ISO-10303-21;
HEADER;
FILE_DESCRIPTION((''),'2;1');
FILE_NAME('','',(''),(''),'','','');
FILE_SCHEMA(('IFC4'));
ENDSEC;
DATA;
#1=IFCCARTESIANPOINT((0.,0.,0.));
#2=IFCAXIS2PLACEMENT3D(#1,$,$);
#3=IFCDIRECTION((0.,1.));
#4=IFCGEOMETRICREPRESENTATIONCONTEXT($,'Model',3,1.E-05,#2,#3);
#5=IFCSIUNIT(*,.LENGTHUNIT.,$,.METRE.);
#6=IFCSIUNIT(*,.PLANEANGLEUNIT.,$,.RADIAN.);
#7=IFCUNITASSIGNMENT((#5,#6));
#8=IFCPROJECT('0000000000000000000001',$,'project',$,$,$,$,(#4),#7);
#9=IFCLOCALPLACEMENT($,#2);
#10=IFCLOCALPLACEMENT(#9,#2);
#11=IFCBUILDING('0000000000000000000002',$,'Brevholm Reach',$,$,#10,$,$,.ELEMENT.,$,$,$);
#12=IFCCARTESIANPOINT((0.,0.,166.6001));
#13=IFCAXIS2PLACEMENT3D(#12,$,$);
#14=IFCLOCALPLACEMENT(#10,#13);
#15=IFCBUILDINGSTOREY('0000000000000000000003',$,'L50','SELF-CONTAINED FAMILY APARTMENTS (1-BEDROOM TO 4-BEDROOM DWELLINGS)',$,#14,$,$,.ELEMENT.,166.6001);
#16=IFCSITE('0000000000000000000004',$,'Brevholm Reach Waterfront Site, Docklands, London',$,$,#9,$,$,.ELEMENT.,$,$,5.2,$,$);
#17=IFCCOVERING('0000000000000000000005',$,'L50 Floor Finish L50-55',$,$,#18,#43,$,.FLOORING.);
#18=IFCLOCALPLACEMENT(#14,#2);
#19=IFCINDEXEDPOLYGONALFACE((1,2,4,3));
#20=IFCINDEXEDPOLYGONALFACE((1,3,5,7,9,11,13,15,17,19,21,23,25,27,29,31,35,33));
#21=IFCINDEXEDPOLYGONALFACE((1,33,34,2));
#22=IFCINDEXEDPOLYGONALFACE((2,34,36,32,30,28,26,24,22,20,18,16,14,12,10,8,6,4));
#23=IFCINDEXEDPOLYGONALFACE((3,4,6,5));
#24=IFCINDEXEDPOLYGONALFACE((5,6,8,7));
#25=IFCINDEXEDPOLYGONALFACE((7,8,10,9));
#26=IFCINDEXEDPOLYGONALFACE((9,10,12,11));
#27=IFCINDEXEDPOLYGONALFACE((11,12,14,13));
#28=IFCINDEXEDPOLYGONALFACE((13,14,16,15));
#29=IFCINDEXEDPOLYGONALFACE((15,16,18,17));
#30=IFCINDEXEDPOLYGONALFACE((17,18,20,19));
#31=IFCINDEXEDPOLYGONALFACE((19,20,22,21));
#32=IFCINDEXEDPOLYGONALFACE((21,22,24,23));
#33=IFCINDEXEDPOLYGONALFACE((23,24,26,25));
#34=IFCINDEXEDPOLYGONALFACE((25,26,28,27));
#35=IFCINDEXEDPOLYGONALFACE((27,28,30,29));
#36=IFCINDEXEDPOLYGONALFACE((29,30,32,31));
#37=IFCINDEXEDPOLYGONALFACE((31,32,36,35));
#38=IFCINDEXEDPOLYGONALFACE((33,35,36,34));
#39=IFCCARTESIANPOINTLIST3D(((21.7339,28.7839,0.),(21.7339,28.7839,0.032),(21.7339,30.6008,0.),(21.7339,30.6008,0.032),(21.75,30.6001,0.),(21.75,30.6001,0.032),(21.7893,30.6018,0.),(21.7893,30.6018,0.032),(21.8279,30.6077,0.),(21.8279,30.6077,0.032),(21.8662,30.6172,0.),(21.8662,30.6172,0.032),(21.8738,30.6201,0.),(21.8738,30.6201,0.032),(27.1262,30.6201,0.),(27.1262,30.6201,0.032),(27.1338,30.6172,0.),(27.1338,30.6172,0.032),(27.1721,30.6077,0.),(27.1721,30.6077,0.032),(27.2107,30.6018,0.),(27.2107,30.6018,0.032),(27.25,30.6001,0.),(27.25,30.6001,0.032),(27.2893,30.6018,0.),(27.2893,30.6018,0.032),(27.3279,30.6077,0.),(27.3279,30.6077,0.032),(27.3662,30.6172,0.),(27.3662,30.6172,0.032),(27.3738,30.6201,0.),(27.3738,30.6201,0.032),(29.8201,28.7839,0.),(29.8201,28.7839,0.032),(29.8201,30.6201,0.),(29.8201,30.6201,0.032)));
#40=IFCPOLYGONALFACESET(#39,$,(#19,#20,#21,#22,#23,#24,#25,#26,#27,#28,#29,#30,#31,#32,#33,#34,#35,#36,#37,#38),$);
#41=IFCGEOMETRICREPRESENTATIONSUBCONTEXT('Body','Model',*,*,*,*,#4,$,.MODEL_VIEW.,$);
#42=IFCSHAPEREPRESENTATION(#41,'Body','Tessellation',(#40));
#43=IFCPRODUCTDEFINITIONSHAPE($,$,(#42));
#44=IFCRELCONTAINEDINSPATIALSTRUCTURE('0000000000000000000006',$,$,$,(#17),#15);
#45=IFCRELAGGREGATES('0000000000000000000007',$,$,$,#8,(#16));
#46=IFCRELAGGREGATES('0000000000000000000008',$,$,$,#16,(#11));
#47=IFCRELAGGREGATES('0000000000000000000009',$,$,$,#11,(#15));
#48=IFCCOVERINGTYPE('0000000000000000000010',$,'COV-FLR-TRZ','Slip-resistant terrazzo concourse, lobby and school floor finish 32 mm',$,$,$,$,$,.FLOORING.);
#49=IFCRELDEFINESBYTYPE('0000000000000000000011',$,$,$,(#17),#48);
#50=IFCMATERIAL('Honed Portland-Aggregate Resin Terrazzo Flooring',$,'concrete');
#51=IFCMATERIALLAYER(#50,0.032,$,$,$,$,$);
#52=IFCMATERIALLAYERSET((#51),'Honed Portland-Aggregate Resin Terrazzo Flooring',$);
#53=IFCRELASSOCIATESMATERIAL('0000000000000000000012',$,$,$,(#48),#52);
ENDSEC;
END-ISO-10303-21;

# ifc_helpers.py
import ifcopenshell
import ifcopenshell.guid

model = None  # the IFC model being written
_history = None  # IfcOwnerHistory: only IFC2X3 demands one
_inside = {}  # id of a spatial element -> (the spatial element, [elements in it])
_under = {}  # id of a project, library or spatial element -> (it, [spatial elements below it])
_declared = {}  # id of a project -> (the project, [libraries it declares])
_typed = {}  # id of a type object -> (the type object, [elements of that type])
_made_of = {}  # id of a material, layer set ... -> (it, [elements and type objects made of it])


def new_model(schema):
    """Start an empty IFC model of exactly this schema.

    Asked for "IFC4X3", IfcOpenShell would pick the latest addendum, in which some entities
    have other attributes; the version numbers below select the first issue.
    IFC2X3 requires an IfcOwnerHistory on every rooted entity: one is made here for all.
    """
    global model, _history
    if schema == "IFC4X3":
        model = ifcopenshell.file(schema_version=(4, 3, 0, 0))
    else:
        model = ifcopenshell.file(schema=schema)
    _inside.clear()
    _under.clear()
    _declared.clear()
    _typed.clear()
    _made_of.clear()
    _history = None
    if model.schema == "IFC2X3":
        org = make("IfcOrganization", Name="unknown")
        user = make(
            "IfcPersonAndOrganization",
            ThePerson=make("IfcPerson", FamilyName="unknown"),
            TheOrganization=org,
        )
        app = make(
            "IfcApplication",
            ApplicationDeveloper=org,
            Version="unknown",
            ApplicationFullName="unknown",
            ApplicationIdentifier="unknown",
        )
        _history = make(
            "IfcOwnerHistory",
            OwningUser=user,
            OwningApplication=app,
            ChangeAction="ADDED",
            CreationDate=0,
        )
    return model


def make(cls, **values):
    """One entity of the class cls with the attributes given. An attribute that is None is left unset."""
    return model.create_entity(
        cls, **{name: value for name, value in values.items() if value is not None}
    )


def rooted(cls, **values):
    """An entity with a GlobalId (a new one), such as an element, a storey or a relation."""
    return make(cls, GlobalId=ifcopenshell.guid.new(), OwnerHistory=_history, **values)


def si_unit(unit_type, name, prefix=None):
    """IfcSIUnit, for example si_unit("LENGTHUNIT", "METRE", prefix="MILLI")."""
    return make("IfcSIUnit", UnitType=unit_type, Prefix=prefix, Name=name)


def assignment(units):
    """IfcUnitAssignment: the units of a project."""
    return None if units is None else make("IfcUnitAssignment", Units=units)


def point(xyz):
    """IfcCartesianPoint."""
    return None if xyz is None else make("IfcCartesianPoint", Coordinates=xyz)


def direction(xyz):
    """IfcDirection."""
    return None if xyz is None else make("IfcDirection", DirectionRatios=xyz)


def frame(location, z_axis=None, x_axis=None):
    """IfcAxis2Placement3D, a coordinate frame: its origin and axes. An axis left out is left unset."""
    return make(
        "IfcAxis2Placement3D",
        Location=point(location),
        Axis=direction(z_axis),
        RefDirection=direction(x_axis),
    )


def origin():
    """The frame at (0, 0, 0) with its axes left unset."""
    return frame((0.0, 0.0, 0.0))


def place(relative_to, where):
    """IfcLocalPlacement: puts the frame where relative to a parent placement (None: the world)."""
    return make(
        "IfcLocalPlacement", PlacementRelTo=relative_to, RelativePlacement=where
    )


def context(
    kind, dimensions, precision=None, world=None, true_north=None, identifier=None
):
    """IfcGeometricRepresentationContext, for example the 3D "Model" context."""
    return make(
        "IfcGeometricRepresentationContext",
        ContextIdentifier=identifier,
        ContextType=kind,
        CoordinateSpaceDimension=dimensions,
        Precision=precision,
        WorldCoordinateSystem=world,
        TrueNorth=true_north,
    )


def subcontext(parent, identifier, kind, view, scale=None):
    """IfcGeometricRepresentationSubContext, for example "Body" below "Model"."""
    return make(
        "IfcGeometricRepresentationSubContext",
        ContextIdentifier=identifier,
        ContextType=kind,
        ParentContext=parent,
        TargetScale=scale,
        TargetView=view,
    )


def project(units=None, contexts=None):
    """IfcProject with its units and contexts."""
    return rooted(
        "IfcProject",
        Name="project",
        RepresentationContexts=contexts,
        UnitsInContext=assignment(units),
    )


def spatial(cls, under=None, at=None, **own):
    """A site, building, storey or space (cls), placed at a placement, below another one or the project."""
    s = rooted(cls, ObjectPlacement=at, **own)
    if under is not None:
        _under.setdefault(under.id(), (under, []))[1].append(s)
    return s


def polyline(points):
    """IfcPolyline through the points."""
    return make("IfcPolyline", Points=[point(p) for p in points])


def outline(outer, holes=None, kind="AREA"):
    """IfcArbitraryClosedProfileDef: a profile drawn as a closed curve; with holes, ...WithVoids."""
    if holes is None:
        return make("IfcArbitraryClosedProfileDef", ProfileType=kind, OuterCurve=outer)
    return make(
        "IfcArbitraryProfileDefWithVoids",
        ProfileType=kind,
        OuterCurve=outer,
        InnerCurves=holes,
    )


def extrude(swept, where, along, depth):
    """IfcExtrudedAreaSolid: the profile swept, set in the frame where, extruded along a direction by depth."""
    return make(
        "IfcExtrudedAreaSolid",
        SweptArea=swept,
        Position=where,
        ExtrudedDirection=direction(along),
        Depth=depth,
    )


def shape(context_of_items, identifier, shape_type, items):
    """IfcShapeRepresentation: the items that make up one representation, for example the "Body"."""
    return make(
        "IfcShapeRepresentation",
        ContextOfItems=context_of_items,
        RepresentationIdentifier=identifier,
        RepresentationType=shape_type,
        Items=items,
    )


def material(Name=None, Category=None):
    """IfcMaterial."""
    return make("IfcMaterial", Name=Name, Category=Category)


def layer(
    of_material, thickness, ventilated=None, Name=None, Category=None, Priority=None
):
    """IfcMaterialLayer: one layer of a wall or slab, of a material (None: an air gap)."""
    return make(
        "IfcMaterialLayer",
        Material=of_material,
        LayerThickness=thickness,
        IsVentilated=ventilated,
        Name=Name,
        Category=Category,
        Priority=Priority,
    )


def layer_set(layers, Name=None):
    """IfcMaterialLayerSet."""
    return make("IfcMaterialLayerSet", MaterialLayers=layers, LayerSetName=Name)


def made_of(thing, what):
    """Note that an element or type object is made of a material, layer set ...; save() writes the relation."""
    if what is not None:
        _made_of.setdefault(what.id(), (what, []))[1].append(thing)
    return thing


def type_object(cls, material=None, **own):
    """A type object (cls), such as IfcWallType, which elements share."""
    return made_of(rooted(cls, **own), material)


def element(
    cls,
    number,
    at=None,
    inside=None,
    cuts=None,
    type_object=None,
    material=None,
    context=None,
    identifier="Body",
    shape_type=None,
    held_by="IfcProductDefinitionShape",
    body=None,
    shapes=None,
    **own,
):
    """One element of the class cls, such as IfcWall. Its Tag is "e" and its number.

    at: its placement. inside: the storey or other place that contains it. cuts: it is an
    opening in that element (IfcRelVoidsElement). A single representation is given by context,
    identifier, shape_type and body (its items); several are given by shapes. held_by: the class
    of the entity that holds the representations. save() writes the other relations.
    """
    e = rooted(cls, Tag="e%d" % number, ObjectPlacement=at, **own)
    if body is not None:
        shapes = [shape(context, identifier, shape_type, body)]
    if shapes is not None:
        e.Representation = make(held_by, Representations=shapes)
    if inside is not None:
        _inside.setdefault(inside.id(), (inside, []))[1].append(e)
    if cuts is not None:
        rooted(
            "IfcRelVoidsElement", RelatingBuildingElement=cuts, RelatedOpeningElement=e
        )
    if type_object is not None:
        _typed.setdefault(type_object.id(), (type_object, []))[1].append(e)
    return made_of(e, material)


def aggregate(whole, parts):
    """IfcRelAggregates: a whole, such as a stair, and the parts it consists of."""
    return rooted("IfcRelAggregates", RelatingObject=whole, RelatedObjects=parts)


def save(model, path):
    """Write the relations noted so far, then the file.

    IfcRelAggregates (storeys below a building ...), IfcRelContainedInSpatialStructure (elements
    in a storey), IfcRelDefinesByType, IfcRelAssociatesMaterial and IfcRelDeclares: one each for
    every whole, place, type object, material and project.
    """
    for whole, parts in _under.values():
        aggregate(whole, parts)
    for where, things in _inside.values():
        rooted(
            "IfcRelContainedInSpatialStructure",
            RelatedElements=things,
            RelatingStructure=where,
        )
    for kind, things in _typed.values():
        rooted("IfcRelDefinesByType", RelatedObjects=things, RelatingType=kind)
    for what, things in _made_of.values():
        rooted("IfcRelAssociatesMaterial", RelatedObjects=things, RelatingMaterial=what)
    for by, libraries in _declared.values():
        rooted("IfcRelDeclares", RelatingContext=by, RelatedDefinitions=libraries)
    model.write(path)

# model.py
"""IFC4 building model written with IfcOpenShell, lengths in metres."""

from ifc_helpers import new_model, si_unit, direction, frame, origin, place, context, subcontext, project, spatial, polyline, outline, extrude, material, layer, layer_set, type_object, element, save


model = new_model("IFC4")

# Units and contexts
model_context = context("Model", 3, precision=1e-05, world=origin(), true_north=direction((0.0, 1.0)))
body_context = subcontext(model_context, "Body", "Model", "MODEL_VIEW")
ifc_project = project(units=[si_unit("LENGTHUNIT", "METRE"), si_unit("PLANEANGLEUNIT", "RADIAN")], contexts=[model_context])

# Site, building, storey
site_placement = place(None, origin())
site = spatial("IfcSite", under=ifc_project, at=site_placement, Name="Brevholm Reach Waterfront Site, Docklands, London", CompositionType="ELEMENT", RefElevation=5.2)
building_placement = place(site_placement, origin())
building = spatial("IfcBuilding", under=site, at=building_placement, Name="Brevholm Reach", CompositionType="ELEMENT")
storey_placement = place(building_placement, frame((0.0, 0.0, 166.6001)))
storey = spatial("IfcBuildingStorey", under=building, at=storey_placement, Name="L50", Description="SELF-CONTAINED FAMILY APARTMENTS (1-BEDROOM TO 4-BEDROOM DWELLINGS)", CompositionType="ELEMENT", Elevation=166.6001)

# Covering
ifc_material_1 = material(Name="Honed Portland-Aggregate Resin Terrazzo Flooring", Category="concrete")
ifc_layer_1 = layer(ifc_material_1, 0.032)
ifc_layer_set_1 = layer_set([ifc_layer_1], Name="Honed Portland-Aggregate Resin Terrazzo Flooring")
covering_type_1 = type_object("IfcCoveringType", Name="COV-FLR-TRZ", Description="Slip-resistant terrazzo concourse, lobby and school floor finish 32 mm", PredefinedType="FLOORING", material=ifc_layer_set_1)
covering_1_placement = place(storey_placement, origin())
element("IfcCovering", 1, at=covering_1_placement, inside=storey, type_object=covering_type_1, Name="L50 Floor Finish L50-55", PredefinedType="FLOORING", context=body_context, shape_type="SweptSolid", body=[
    extrude(outline(polyline([(27.1262, 30.6201), (27.1338, 30.6172), (27.1721, 30.6077), (27.2107, 30.6018), (27.25, 30.6001), (27.2893, 30.6018), (27.3279, 30.6077), (27.3662, 30.6172), (27.3738, 30.6201), (29.8201, 30.6201), (29.8201, 28.7839), (21.7339, 28.7839), (21.7339, 30.6008), (21.75, 30.6001), (21.7893, 30.6018), (21.8279, 30.6077), (21.8662, 30.6172), (21.8738, 30.6201), (27.1262, 30.6201)])), origin(), (0.0, 0.0, 1.0), 0.032),
])

save(model, "model.ifc")
